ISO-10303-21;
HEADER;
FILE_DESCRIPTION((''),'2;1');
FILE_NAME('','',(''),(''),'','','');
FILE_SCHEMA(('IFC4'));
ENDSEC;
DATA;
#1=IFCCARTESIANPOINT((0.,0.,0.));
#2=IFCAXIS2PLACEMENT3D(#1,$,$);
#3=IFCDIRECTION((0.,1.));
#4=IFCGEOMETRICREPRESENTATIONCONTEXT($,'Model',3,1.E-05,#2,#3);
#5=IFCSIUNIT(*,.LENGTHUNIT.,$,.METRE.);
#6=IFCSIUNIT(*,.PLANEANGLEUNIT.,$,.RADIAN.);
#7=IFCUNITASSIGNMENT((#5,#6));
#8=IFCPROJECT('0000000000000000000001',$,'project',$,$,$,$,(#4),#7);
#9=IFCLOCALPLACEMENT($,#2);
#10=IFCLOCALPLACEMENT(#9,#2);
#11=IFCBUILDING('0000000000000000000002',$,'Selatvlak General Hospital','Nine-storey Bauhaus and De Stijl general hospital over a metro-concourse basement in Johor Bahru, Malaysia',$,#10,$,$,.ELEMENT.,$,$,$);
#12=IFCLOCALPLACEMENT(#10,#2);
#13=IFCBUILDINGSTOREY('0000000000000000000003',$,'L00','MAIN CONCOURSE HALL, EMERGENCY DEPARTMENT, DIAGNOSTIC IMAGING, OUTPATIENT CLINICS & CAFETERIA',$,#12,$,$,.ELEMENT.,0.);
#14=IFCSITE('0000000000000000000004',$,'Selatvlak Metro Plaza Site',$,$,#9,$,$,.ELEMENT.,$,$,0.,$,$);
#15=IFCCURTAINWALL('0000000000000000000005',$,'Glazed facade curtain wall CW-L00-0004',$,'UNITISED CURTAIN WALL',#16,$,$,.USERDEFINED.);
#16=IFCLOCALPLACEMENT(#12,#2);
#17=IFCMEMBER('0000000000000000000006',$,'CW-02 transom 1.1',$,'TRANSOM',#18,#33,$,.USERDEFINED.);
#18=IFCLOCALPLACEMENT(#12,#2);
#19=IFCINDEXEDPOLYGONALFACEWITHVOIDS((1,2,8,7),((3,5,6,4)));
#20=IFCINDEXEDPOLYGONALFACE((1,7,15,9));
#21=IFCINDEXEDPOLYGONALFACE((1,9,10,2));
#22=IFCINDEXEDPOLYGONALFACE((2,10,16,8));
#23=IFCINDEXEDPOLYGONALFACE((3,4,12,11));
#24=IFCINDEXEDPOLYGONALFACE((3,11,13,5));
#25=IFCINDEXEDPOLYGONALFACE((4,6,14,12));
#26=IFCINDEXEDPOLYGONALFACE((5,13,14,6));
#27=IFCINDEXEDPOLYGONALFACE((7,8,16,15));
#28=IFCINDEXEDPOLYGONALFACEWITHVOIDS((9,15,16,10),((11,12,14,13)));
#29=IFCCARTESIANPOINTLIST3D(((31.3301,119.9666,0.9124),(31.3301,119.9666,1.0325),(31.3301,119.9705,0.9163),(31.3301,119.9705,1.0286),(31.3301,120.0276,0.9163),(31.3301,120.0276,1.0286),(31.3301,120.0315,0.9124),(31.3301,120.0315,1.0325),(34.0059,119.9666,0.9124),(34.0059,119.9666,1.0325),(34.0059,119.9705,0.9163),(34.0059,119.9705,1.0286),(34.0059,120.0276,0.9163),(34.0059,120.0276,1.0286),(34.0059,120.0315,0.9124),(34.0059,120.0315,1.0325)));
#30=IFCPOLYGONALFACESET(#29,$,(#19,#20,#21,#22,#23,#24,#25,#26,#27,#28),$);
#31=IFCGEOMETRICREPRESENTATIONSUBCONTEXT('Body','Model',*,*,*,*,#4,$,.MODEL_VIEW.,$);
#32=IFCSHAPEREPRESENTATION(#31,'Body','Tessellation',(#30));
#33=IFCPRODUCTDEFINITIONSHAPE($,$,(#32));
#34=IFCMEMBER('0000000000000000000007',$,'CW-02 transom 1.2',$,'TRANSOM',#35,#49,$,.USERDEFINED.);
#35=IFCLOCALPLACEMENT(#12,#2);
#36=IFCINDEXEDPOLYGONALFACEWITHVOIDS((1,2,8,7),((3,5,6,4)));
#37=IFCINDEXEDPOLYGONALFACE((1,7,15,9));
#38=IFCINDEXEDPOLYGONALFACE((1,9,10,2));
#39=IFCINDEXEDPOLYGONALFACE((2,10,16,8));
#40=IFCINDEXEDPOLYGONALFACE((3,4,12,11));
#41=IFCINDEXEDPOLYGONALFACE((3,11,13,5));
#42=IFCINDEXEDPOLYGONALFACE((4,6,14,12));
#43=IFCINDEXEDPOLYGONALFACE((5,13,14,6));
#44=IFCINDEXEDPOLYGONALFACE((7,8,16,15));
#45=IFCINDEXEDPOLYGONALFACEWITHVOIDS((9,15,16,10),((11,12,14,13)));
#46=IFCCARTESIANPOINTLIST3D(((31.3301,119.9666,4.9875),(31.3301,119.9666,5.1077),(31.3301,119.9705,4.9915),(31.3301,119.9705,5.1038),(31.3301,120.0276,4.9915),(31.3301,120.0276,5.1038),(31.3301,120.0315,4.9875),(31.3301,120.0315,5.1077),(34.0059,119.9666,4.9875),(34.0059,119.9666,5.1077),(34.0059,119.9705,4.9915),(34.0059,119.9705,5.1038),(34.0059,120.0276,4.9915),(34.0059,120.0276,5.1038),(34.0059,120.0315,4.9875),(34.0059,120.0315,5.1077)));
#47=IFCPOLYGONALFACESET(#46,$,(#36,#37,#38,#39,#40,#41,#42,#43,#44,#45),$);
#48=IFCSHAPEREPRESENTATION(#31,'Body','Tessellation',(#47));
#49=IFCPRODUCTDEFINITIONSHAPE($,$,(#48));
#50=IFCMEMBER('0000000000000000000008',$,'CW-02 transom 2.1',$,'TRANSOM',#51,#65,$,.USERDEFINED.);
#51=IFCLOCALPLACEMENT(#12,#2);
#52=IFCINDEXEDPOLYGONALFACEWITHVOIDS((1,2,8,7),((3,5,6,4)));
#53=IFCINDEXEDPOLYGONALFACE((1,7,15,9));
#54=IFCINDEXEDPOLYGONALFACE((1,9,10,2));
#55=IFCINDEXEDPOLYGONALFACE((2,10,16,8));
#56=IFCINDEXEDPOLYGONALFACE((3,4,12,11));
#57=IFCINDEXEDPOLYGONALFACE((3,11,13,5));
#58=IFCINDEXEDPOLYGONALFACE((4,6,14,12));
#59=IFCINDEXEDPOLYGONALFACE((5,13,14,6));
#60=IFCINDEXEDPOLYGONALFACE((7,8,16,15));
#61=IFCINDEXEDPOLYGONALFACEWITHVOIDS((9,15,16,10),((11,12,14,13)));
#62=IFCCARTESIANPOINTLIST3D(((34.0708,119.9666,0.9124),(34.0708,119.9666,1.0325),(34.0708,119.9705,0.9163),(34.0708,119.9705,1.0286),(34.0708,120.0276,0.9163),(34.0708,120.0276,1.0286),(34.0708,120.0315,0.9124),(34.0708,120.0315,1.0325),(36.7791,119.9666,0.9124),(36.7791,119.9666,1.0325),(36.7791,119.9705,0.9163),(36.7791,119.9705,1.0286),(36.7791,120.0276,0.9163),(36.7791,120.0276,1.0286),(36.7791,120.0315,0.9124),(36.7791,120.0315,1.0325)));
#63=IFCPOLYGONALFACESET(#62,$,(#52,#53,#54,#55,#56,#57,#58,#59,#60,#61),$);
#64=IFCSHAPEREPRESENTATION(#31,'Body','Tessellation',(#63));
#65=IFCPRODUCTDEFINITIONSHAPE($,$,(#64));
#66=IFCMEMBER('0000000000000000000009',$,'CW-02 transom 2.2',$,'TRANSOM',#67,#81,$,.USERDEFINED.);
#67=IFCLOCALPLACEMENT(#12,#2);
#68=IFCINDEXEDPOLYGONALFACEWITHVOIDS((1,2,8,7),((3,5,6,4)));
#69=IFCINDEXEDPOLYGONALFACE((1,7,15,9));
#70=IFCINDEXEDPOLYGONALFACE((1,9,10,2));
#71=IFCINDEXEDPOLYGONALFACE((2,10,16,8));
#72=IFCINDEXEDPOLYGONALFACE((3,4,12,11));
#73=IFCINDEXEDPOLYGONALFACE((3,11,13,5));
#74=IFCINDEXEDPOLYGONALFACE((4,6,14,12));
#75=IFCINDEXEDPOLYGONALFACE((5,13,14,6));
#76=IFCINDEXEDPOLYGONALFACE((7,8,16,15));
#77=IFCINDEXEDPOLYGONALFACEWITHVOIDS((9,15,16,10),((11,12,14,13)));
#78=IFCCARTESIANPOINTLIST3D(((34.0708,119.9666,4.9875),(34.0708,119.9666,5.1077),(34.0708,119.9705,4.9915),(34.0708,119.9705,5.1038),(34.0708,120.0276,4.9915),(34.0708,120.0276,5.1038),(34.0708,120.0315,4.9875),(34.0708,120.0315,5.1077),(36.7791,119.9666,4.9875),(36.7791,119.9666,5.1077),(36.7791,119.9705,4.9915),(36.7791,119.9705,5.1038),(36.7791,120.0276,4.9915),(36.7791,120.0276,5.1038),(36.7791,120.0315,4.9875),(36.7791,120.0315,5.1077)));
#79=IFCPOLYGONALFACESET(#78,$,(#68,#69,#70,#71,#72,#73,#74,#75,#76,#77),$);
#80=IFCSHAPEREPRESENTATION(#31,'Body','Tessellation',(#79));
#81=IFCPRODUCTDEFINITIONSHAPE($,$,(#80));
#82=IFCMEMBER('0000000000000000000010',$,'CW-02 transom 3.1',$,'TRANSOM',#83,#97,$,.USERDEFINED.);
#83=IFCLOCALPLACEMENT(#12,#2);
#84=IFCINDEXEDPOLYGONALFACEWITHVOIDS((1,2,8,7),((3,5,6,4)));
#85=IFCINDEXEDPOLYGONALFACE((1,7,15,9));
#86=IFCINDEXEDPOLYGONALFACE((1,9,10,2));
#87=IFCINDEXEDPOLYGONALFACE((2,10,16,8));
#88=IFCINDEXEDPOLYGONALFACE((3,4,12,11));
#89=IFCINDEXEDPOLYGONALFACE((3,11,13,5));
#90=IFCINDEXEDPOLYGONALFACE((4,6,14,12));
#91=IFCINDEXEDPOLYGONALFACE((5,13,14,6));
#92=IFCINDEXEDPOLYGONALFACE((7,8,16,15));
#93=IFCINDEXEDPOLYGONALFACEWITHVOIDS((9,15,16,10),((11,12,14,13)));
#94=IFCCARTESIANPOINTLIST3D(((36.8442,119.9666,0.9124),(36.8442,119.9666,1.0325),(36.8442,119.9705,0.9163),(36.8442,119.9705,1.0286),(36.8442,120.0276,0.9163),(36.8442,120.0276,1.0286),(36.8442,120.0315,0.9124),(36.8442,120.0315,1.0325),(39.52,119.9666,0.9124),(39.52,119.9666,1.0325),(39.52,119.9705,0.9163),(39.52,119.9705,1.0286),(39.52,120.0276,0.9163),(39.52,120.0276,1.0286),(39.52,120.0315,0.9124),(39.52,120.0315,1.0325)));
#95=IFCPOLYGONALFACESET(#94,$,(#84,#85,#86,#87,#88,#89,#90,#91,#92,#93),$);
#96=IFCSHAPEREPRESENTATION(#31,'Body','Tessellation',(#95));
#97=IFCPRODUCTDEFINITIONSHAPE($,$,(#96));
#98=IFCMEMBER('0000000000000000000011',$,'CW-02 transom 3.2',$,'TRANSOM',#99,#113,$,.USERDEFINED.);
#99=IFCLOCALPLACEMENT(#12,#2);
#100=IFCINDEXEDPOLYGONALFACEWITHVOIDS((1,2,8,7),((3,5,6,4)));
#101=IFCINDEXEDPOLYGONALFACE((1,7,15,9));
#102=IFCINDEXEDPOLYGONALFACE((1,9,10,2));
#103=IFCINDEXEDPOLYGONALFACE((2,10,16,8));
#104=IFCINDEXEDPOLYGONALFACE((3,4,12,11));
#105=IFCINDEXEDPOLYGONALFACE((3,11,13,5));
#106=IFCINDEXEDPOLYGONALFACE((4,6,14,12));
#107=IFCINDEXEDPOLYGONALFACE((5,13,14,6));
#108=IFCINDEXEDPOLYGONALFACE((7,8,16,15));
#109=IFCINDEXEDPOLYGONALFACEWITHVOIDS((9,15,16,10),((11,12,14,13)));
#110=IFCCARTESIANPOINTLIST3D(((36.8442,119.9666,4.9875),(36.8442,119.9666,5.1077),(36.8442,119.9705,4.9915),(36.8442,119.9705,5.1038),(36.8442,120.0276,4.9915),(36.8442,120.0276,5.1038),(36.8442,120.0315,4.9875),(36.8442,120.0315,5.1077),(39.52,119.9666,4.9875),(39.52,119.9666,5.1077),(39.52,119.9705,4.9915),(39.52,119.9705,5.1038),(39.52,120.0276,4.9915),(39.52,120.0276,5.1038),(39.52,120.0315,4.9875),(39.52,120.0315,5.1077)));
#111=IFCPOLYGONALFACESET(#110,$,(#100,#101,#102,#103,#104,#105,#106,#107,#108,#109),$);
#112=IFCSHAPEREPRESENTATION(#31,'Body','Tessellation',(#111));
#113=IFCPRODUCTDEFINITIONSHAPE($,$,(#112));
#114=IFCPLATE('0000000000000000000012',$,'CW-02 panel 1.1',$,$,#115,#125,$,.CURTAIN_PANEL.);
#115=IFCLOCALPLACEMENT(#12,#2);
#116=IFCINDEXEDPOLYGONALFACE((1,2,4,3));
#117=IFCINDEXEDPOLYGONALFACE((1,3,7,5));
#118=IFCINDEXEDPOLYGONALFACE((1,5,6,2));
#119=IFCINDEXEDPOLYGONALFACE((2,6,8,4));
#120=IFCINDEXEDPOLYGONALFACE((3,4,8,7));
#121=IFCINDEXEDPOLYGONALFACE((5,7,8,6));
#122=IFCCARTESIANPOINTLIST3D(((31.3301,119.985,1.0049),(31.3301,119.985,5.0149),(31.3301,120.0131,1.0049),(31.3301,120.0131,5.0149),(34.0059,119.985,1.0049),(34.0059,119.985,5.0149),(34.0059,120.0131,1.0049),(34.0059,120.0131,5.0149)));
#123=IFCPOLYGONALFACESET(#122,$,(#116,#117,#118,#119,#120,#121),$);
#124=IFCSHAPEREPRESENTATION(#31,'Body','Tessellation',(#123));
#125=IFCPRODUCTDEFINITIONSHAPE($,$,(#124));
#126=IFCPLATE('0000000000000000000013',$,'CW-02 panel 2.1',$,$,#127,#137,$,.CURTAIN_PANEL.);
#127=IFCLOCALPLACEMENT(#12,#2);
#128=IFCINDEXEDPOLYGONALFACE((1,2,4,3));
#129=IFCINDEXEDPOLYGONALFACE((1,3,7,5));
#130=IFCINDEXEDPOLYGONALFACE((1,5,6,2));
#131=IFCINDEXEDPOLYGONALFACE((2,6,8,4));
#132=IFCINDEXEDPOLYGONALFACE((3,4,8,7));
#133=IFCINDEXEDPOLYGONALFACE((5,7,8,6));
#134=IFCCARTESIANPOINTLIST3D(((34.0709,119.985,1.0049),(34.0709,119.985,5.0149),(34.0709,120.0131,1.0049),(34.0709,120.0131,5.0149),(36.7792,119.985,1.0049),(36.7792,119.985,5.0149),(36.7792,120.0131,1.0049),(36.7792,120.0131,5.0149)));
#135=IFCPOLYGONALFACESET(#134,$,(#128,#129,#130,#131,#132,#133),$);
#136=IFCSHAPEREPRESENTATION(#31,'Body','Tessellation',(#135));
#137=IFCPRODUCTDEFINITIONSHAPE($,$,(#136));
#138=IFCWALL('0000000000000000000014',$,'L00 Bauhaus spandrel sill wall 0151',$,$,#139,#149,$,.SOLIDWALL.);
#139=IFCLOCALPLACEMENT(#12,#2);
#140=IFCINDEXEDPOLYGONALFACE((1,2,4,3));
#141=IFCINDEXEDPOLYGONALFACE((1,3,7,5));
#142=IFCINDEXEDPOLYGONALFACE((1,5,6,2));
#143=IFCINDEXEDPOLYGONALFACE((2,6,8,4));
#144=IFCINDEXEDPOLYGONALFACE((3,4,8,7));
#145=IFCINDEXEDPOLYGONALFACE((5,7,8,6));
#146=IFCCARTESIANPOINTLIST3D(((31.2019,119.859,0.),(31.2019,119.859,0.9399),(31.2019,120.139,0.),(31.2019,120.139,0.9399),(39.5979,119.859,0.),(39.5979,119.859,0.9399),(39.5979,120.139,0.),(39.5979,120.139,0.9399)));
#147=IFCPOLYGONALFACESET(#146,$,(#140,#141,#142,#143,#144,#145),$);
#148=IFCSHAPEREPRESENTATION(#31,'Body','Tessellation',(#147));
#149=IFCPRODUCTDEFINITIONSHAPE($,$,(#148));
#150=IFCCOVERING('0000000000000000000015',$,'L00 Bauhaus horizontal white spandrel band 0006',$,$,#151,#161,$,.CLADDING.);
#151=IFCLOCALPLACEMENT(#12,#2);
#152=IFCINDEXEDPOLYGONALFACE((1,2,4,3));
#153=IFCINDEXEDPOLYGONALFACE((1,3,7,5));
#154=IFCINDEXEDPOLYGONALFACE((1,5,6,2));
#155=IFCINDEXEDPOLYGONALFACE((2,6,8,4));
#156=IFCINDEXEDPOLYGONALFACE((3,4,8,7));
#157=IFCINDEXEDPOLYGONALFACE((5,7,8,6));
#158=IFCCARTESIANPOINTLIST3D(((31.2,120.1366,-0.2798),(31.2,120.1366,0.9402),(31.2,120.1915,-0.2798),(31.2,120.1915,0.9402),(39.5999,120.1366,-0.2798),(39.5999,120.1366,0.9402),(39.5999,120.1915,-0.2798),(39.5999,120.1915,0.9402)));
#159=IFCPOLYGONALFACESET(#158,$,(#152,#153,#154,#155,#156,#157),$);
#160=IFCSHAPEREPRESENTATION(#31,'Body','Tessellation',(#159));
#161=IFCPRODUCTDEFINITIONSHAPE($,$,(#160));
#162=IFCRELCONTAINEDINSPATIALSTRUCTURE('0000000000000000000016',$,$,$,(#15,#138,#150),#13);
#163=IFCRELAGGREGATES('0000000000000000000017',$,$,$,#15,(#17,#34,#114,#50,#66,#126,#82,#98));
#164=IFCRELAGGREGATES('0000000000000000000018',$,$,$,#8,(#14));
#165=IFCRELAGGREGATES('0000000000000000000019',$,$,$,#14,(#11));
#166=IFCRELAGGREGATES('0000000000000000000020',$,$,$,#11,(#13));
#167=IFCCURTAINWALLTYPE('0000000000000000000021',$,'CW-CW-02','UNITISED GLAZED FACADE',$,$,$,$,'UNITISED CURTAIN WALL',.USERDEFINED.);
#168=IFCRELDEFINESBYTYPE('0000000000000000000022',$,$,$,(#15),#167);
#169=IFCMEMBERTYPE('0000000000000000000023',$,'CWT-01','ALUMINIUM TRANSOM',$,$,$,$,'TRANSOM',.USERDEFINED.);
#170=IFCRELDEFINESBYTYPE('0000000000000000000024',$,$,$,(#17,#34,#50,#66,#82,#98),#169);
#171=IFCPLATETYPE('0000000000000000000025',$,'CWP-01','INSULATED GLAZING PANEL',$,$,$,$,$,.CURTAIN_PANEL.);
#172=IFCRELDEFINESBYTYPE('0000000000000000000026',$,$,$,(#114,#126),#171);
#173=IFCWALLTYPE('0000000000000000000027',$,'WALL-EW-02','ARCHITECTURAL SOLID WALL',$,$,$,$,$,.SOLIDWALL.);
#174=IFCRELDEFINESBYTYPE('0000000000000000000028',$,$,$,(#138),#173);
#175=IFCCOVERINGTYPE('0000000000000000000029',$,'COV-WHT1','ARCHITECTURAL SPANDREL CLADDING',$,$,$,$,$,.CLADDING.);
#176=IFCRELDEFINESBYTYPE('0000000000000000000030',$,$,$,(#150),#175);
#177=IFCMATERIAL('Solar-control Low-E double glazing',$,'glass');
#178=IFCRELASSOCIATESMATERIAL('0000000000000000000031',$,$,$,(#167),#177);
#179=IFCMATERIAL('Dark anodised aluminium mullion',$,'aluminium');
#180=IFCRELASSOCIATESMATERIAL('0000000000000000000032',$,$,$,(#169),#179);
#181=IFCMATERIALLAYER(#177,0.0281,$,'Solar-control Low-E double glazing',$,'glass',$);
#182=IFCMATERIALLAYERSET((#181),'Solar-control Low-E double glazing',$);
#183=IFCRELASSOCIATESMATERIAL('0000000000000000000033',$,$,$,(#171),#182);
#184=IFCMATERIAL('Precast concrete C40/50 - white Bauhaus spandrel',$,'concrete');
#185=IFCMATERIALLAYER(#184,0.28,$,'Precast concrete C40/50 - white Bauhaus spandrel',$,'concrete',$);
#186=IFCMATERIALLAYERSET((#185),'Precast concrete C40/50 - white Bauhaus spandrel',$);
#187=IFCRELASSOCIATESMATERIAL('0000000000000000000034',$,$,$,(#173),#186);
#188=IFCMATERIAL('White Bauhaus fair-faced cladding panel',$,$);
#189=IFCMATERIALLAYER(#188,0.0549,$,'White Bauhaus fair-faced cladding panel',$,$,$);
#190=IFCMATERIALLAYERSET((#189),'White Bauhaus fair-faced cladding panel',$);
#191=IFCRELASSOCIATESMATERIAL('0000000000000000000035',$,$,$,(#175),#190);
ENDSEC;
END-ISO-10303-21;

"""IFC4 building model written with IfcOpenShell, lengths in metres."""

from ifc_helpers import new_model, si_unit, direction, frame, frame_2d, origin, origin_2d, place, context, subcontext, project, spatial, rectangle, hollow_rectangle, extrude, material, layer, layer_set, material_profile, profile_set, type_object, element, aggregate, save


model = new_model("IFC4")

# Units and contexts
model_context = context("Model", 3, precision=1e-05, world=origin(), true_north=direction((0.0, 1.0)))
body_context = subcontext(model_context, "Body", "Model", "MODEL_VIEW")
ifc_project = project(units=[si_unit("LENGTHUNIT", "METRE"), si_unit("PLANEANGLEUNIT", "RADIAN")], contexts=[model_context])

# Site, building, storey
site_placement = place(None, origin())
site = spatial("IfcSite", under=ifc_project, at=site_placement, Name="Selatvlak Metro Plaza Site", CompositionType="ELEMENT", RefElevation=0.0)
building_placement = place(site_placement, origin())
building = spatial("IfcBuilding", under=site, at=building_placement, Name="Selatvlak General Hospital", Description="Nine-storey Bauhaus and De Stijl general hospital over a metro-concourse basement in Johor Bahru, Malaysia", CompositionType="ELEMENT")
storey_placement = place(building_placement, origin())
storey = spatial("IfcBuildingStorey", under=building, at=storey_placement, Name="L00", Description="MAIN CONCOURSE HALL, EMERGENCY DEPARTMENT, DIAGNOSTIC IMAGING, OUTPATIENT CLINICS & CAFETERIA", CompositionType="ELEMENT", Elevation=0.0)

# Shared definitions
ifc_material_1 = material(Name="Solar-control Low-E double glazing", Category="glass")
ifc_material_2 = material(Name="Dark anodised aluminium mullion", Category="aluminium")

# Curtain wall, members, plates
curtain_wall_type_1 = type_object("IfcCurtainWallType", Name="CW-CW-02", Description="UNITISED GLAZED FACADE", ElementType="UNITISED CURTAIN WALL", PredefinedType="USERDEFINED", material=ifc_material_1)
curtain_wall_1_placement = place(storey_placement, origin())
curtain_wall_1 = element("IfcCurtainWall", 1, at=curtain_wall_1_placement, inside=storey, type_object=curtain_wall_type_1, Name="Glazed facade curtain wall CW-L00-0004", ObjectType="UNITISED CURTAIN WALL", PredefinedType="USERDEFINED")
ifc_material_profile_1 = material_profile(ifc_material_2, hollow_rectangle(XDim=0.0649, YDim=0.1201, WallThickness=0.0039, at=origin_2d()), Name="AL-TRN 65x120x4")
ifc_profile_set_1 = profile_set([ifc_material_profile_1], Name="Dark anodised aluminium mullion")
member_type_1 = type_object("IfcMemberType", Name="CWT-01", Description="ALUMINIUM TRANSOM", ElementType="TRANSOM", PredefinedType="USERDEFINED", material=ifc_profile_set_1)
member_1_placement = place(storey_placement, frame((31.3301, 119.999, 0.9724), z_axis=(1.0, 0.0, 0.0), x_axis=(0.0, 1.0, 0.0)))
member_1 = element("IfcMember", 2, at=member_1_placement, type_object=member_type_1, Name="CW-02 transom 1.1", ObjectType="TRANSOM", PredefinedType="USERDEFINED", context=body_context, shape_type="SweptSolid", body=[
    extrude(hollow_rectangle(XDim=0.0649, YDim=0.1201, WallThickness=0.0039, at=origin_2d()), origin(), (0.0, 0.0, 1.0), 2.6758),
])
member_2_placement = place(storey_placement, frame((31.3301, 119.999, 5.0476), z_axis=(1.0, 0.0, 0.0), x_axis=(0.0, 1.0, 0.0)))
member_2 = element("IfcMember", 3, at=member_2_placement, type_object=member_type_1, Name="CW-02 transom 1.2", ObjectType="TRANSOM", PredefinedType="USERDEFINED", context=body_context, shape_type="SweptSolid", body=[
    extrude(hollow_rectangle(XDim=0.0649, YDim=0.1201, WallThickness=0.0039, at=origin_2d()), origin(), (0.0, 0.0, 1.0), 2.6758),
])
member_3_placement = place(storey_placement, frame((34.0708, 119.999, 0.9724), z_axis=(1.0, 0.0, 0.0), x_axis=(0.0, 1.0, 0.0)))
member_3 = element("IfcMember", 4, at=member_3_placement, type_object=member_type_1, Name="CW-02 transom 2.1", ObjectType="TRANSOM", PredefinedType="USERDEFINED", context=body_context, shape_type="SweptSolid", body=[
    extrude(hollow_rectangle(XDim=0.0649, YDim=0.1201, WallThickness=0.0039, at=origin_2d()), origin(), (0.0, 0.0, 1.0), 2.7083),
])
member_4_placement = place(storey_placement, frame((34.0708, 119.999, 5.0476), z_axis=(1.0, 0.0, 0.0), x_axis=(0.0, 1.0, 0.0)))
member_4 = element("IfcMember", 5, at=member_4_placement, type_object=member_type_1, Name="CW-02 transom 2.2", ObjectType="TRANSOM", PredefinedType="USERDEFINED", context=body_context, shape_type="SweptSolid", body=[
    extrude(hollow_rectangle(XDim=0.0649, YDim=0.1201, WallThickness=0.0039, at=origin_2d()), origin(), (0.0, 0.0, 1.0), 2.7083),
])
member_5_placement = place(storey_placement, frame((36.8442, 119.999, 0.9724), z_axis=(1.0, 0.0, 0.0), x_axis=(0.0, 1.0, 0.0)))
member_5 = element("IfcMember", 6, at=member_5_placement, type_object=member_type_1, Name="CW-02 transom 3.1", ObjectType="TRANSOM", PredefinedType="USERDEFINED", context=body_context, shape_type="SweptSolid", body=[
    extrude(hollow_rectangle(XDim=0.0649, YDim=0.1201, WallThickness=0.0039, at=origin_2d()), origin(), (0.0, 0.0, 1.0), 2.6758),
])
member_6_placement = place(storey_placement, frame((36.8442, 119.999, 5.0476), z_axis=(1.0, 0.0, 0.0), x_axis=(0.0, 1.0, 0.0)))
member_6 = element("IfcMember", 7, at=member_6_placement, type_object=member_type_1, Name="CW-02 transom 3.2", ObjectType="TRANSOM", PredefinedType="USERDEFINED", context=body_context, shape_type="SweptSolid", body=[
    extrude(hollow_rectangle(XDim=0.0649, YDim=0.1201, WallThickness=0.0039, at=origin_2d()), origin(), (0.0, 0.0, 1.0), 2.6758),
])
ifc_layer_1 = layer(ifc_material_1, 0.0281, Name="Solar-control Low-E double glazing", Category="glass")
ifc_layer_set_1 = layer_set([ifc_layer_1], Name="Solar-control Low-E double glazing")
plate_type = type_object("IfcPlateType", Name="CWP-01", Description="INSULATED GLAZING PANEL", PredefinedType="CURTAIN_PANEL", material=ifc_layer_set_1)
plate_1_placement = place(storey_placement, frame((32.668, 119.999, 1.0049), z_axis=(0.0, 0.0, 1.0), x_axis=(1.0, 0.0, 0.0)))
plate_1 = element("IfcPlate", 8, at=plate_1_placement, type_object=plate_type, Name="CW-02 panel 1.1", PredefinedType="CURTAIN_PANEL", context=body_context, shape_type="SweptSolid", body=[
    extrude(rectangle(XDim=2.6758, YDim=0.0281, at=origin_2d()), origin(), (0.0, 0.0, 1.0), 4.01),
])
plate_2_placement = place(storey_placement, frame((35.425, 119.999, 1.0049), z_axis=(0.0, 0.0, 1.0), x_axis=(1.0, 0.0, 0.0)))
plate_2 = element("IfcPlate", 9, at=plate_2_placement, type_object=plate_type, Name="CW-02 panel 2.1", PredefinedType="CURTAIN_PANEL", context=body_context, shape_type="SweptSolid", body=[
    extrude(rectangle(XDim=2.7083, YDim=0.0281, at=origin_2d()), origin(), (0.0, 0.0, 1.0), 4.01),
])
aggregate(curtain_wall_1, [member_1, member_2, plate_1, member_3, member_4, plate_2, member_5, member_6])

# Wall
ifc_material_3 = material(Name="Precast concrete C40/50 - white Bauhaus spandrel", Category="concrete")
ifc_layer_2 = layer(ifc_material_3, 0.28, Name="Precast concrete C40/50 - white Bauhaus spandrel", Category="concrete")
ifc_layer_set_2 = layer_set([ifc_layer_2], Name="Precast concrete C40/50 - white Bauhaus spandrel")
wall_type = type_object("IfcWallType", Name="WALL-EW-02", Description="ARCHITECTURAL SOLID WALL", PredefinedType="SOLIDWALL", material=ifc_layer_set_2)
wall_placement = place(storey_placement, frame((31.2019, 119.999, 0.0), z_axis=(0.0, 0.0, 1.0), x_axis=(1.0, 0.0, 0.0)))
element("IfcWall", 10, at=wall_placement, inside=storey, type_object=wall_type, Name="L00 Bauhaus spandrel sill wall 0151", PredefinedType="SOLIDWALL", context=body_context, shape_type="SweptSolid", body=[
    extrude(rectangle(XDim=8.396, YDim=0.28, at=frame_2d((4.198, 0.0))), origin(), (0.0, 0.0, 1.0), 0.9399),
])

# Covering
ifc_material_4 = material(Name="White Bauhaus fair-faced cladding panel")
ifc_layer_3 = layer(ifc_material_4, 0.0549, Name="White Bauhaus fair-faced cladding panel")
ifc_layer_set_3 = layer_set([ifc_layer_3], Name="White Bauhaus fair-faced cladding panel")
covering_type = type_object("IfcCoveringType", Name="COV-WHT1", Description="ARCHITECTURAL SPANDREL CLADDING", PredefinedType="CLADDING", material=ifc_layer_set_3)
covering_placement = place(storey_placement, frame((35.3999, 120.1641, -0.2798), z_axis=(0.0, 0.0, 1.0), x_axis=(1.0, 0.0, 0.0)))
element("IfcCovering", 11, at=covering_placement, inside=storey, type_object=covering_type, Name="L00 Bauhaus horizontal white spandrel band 0006", PredefinedType="CLADDING", context=body_context, shape_type="SweptSolid", body=[
    extrude(rectangle(XDim=8.3999, YDim=0.0549, at=origin_2d()), origin(), (0.0, 0.0, 1.0), 1.22),
])

save(model, "model.ifc")
